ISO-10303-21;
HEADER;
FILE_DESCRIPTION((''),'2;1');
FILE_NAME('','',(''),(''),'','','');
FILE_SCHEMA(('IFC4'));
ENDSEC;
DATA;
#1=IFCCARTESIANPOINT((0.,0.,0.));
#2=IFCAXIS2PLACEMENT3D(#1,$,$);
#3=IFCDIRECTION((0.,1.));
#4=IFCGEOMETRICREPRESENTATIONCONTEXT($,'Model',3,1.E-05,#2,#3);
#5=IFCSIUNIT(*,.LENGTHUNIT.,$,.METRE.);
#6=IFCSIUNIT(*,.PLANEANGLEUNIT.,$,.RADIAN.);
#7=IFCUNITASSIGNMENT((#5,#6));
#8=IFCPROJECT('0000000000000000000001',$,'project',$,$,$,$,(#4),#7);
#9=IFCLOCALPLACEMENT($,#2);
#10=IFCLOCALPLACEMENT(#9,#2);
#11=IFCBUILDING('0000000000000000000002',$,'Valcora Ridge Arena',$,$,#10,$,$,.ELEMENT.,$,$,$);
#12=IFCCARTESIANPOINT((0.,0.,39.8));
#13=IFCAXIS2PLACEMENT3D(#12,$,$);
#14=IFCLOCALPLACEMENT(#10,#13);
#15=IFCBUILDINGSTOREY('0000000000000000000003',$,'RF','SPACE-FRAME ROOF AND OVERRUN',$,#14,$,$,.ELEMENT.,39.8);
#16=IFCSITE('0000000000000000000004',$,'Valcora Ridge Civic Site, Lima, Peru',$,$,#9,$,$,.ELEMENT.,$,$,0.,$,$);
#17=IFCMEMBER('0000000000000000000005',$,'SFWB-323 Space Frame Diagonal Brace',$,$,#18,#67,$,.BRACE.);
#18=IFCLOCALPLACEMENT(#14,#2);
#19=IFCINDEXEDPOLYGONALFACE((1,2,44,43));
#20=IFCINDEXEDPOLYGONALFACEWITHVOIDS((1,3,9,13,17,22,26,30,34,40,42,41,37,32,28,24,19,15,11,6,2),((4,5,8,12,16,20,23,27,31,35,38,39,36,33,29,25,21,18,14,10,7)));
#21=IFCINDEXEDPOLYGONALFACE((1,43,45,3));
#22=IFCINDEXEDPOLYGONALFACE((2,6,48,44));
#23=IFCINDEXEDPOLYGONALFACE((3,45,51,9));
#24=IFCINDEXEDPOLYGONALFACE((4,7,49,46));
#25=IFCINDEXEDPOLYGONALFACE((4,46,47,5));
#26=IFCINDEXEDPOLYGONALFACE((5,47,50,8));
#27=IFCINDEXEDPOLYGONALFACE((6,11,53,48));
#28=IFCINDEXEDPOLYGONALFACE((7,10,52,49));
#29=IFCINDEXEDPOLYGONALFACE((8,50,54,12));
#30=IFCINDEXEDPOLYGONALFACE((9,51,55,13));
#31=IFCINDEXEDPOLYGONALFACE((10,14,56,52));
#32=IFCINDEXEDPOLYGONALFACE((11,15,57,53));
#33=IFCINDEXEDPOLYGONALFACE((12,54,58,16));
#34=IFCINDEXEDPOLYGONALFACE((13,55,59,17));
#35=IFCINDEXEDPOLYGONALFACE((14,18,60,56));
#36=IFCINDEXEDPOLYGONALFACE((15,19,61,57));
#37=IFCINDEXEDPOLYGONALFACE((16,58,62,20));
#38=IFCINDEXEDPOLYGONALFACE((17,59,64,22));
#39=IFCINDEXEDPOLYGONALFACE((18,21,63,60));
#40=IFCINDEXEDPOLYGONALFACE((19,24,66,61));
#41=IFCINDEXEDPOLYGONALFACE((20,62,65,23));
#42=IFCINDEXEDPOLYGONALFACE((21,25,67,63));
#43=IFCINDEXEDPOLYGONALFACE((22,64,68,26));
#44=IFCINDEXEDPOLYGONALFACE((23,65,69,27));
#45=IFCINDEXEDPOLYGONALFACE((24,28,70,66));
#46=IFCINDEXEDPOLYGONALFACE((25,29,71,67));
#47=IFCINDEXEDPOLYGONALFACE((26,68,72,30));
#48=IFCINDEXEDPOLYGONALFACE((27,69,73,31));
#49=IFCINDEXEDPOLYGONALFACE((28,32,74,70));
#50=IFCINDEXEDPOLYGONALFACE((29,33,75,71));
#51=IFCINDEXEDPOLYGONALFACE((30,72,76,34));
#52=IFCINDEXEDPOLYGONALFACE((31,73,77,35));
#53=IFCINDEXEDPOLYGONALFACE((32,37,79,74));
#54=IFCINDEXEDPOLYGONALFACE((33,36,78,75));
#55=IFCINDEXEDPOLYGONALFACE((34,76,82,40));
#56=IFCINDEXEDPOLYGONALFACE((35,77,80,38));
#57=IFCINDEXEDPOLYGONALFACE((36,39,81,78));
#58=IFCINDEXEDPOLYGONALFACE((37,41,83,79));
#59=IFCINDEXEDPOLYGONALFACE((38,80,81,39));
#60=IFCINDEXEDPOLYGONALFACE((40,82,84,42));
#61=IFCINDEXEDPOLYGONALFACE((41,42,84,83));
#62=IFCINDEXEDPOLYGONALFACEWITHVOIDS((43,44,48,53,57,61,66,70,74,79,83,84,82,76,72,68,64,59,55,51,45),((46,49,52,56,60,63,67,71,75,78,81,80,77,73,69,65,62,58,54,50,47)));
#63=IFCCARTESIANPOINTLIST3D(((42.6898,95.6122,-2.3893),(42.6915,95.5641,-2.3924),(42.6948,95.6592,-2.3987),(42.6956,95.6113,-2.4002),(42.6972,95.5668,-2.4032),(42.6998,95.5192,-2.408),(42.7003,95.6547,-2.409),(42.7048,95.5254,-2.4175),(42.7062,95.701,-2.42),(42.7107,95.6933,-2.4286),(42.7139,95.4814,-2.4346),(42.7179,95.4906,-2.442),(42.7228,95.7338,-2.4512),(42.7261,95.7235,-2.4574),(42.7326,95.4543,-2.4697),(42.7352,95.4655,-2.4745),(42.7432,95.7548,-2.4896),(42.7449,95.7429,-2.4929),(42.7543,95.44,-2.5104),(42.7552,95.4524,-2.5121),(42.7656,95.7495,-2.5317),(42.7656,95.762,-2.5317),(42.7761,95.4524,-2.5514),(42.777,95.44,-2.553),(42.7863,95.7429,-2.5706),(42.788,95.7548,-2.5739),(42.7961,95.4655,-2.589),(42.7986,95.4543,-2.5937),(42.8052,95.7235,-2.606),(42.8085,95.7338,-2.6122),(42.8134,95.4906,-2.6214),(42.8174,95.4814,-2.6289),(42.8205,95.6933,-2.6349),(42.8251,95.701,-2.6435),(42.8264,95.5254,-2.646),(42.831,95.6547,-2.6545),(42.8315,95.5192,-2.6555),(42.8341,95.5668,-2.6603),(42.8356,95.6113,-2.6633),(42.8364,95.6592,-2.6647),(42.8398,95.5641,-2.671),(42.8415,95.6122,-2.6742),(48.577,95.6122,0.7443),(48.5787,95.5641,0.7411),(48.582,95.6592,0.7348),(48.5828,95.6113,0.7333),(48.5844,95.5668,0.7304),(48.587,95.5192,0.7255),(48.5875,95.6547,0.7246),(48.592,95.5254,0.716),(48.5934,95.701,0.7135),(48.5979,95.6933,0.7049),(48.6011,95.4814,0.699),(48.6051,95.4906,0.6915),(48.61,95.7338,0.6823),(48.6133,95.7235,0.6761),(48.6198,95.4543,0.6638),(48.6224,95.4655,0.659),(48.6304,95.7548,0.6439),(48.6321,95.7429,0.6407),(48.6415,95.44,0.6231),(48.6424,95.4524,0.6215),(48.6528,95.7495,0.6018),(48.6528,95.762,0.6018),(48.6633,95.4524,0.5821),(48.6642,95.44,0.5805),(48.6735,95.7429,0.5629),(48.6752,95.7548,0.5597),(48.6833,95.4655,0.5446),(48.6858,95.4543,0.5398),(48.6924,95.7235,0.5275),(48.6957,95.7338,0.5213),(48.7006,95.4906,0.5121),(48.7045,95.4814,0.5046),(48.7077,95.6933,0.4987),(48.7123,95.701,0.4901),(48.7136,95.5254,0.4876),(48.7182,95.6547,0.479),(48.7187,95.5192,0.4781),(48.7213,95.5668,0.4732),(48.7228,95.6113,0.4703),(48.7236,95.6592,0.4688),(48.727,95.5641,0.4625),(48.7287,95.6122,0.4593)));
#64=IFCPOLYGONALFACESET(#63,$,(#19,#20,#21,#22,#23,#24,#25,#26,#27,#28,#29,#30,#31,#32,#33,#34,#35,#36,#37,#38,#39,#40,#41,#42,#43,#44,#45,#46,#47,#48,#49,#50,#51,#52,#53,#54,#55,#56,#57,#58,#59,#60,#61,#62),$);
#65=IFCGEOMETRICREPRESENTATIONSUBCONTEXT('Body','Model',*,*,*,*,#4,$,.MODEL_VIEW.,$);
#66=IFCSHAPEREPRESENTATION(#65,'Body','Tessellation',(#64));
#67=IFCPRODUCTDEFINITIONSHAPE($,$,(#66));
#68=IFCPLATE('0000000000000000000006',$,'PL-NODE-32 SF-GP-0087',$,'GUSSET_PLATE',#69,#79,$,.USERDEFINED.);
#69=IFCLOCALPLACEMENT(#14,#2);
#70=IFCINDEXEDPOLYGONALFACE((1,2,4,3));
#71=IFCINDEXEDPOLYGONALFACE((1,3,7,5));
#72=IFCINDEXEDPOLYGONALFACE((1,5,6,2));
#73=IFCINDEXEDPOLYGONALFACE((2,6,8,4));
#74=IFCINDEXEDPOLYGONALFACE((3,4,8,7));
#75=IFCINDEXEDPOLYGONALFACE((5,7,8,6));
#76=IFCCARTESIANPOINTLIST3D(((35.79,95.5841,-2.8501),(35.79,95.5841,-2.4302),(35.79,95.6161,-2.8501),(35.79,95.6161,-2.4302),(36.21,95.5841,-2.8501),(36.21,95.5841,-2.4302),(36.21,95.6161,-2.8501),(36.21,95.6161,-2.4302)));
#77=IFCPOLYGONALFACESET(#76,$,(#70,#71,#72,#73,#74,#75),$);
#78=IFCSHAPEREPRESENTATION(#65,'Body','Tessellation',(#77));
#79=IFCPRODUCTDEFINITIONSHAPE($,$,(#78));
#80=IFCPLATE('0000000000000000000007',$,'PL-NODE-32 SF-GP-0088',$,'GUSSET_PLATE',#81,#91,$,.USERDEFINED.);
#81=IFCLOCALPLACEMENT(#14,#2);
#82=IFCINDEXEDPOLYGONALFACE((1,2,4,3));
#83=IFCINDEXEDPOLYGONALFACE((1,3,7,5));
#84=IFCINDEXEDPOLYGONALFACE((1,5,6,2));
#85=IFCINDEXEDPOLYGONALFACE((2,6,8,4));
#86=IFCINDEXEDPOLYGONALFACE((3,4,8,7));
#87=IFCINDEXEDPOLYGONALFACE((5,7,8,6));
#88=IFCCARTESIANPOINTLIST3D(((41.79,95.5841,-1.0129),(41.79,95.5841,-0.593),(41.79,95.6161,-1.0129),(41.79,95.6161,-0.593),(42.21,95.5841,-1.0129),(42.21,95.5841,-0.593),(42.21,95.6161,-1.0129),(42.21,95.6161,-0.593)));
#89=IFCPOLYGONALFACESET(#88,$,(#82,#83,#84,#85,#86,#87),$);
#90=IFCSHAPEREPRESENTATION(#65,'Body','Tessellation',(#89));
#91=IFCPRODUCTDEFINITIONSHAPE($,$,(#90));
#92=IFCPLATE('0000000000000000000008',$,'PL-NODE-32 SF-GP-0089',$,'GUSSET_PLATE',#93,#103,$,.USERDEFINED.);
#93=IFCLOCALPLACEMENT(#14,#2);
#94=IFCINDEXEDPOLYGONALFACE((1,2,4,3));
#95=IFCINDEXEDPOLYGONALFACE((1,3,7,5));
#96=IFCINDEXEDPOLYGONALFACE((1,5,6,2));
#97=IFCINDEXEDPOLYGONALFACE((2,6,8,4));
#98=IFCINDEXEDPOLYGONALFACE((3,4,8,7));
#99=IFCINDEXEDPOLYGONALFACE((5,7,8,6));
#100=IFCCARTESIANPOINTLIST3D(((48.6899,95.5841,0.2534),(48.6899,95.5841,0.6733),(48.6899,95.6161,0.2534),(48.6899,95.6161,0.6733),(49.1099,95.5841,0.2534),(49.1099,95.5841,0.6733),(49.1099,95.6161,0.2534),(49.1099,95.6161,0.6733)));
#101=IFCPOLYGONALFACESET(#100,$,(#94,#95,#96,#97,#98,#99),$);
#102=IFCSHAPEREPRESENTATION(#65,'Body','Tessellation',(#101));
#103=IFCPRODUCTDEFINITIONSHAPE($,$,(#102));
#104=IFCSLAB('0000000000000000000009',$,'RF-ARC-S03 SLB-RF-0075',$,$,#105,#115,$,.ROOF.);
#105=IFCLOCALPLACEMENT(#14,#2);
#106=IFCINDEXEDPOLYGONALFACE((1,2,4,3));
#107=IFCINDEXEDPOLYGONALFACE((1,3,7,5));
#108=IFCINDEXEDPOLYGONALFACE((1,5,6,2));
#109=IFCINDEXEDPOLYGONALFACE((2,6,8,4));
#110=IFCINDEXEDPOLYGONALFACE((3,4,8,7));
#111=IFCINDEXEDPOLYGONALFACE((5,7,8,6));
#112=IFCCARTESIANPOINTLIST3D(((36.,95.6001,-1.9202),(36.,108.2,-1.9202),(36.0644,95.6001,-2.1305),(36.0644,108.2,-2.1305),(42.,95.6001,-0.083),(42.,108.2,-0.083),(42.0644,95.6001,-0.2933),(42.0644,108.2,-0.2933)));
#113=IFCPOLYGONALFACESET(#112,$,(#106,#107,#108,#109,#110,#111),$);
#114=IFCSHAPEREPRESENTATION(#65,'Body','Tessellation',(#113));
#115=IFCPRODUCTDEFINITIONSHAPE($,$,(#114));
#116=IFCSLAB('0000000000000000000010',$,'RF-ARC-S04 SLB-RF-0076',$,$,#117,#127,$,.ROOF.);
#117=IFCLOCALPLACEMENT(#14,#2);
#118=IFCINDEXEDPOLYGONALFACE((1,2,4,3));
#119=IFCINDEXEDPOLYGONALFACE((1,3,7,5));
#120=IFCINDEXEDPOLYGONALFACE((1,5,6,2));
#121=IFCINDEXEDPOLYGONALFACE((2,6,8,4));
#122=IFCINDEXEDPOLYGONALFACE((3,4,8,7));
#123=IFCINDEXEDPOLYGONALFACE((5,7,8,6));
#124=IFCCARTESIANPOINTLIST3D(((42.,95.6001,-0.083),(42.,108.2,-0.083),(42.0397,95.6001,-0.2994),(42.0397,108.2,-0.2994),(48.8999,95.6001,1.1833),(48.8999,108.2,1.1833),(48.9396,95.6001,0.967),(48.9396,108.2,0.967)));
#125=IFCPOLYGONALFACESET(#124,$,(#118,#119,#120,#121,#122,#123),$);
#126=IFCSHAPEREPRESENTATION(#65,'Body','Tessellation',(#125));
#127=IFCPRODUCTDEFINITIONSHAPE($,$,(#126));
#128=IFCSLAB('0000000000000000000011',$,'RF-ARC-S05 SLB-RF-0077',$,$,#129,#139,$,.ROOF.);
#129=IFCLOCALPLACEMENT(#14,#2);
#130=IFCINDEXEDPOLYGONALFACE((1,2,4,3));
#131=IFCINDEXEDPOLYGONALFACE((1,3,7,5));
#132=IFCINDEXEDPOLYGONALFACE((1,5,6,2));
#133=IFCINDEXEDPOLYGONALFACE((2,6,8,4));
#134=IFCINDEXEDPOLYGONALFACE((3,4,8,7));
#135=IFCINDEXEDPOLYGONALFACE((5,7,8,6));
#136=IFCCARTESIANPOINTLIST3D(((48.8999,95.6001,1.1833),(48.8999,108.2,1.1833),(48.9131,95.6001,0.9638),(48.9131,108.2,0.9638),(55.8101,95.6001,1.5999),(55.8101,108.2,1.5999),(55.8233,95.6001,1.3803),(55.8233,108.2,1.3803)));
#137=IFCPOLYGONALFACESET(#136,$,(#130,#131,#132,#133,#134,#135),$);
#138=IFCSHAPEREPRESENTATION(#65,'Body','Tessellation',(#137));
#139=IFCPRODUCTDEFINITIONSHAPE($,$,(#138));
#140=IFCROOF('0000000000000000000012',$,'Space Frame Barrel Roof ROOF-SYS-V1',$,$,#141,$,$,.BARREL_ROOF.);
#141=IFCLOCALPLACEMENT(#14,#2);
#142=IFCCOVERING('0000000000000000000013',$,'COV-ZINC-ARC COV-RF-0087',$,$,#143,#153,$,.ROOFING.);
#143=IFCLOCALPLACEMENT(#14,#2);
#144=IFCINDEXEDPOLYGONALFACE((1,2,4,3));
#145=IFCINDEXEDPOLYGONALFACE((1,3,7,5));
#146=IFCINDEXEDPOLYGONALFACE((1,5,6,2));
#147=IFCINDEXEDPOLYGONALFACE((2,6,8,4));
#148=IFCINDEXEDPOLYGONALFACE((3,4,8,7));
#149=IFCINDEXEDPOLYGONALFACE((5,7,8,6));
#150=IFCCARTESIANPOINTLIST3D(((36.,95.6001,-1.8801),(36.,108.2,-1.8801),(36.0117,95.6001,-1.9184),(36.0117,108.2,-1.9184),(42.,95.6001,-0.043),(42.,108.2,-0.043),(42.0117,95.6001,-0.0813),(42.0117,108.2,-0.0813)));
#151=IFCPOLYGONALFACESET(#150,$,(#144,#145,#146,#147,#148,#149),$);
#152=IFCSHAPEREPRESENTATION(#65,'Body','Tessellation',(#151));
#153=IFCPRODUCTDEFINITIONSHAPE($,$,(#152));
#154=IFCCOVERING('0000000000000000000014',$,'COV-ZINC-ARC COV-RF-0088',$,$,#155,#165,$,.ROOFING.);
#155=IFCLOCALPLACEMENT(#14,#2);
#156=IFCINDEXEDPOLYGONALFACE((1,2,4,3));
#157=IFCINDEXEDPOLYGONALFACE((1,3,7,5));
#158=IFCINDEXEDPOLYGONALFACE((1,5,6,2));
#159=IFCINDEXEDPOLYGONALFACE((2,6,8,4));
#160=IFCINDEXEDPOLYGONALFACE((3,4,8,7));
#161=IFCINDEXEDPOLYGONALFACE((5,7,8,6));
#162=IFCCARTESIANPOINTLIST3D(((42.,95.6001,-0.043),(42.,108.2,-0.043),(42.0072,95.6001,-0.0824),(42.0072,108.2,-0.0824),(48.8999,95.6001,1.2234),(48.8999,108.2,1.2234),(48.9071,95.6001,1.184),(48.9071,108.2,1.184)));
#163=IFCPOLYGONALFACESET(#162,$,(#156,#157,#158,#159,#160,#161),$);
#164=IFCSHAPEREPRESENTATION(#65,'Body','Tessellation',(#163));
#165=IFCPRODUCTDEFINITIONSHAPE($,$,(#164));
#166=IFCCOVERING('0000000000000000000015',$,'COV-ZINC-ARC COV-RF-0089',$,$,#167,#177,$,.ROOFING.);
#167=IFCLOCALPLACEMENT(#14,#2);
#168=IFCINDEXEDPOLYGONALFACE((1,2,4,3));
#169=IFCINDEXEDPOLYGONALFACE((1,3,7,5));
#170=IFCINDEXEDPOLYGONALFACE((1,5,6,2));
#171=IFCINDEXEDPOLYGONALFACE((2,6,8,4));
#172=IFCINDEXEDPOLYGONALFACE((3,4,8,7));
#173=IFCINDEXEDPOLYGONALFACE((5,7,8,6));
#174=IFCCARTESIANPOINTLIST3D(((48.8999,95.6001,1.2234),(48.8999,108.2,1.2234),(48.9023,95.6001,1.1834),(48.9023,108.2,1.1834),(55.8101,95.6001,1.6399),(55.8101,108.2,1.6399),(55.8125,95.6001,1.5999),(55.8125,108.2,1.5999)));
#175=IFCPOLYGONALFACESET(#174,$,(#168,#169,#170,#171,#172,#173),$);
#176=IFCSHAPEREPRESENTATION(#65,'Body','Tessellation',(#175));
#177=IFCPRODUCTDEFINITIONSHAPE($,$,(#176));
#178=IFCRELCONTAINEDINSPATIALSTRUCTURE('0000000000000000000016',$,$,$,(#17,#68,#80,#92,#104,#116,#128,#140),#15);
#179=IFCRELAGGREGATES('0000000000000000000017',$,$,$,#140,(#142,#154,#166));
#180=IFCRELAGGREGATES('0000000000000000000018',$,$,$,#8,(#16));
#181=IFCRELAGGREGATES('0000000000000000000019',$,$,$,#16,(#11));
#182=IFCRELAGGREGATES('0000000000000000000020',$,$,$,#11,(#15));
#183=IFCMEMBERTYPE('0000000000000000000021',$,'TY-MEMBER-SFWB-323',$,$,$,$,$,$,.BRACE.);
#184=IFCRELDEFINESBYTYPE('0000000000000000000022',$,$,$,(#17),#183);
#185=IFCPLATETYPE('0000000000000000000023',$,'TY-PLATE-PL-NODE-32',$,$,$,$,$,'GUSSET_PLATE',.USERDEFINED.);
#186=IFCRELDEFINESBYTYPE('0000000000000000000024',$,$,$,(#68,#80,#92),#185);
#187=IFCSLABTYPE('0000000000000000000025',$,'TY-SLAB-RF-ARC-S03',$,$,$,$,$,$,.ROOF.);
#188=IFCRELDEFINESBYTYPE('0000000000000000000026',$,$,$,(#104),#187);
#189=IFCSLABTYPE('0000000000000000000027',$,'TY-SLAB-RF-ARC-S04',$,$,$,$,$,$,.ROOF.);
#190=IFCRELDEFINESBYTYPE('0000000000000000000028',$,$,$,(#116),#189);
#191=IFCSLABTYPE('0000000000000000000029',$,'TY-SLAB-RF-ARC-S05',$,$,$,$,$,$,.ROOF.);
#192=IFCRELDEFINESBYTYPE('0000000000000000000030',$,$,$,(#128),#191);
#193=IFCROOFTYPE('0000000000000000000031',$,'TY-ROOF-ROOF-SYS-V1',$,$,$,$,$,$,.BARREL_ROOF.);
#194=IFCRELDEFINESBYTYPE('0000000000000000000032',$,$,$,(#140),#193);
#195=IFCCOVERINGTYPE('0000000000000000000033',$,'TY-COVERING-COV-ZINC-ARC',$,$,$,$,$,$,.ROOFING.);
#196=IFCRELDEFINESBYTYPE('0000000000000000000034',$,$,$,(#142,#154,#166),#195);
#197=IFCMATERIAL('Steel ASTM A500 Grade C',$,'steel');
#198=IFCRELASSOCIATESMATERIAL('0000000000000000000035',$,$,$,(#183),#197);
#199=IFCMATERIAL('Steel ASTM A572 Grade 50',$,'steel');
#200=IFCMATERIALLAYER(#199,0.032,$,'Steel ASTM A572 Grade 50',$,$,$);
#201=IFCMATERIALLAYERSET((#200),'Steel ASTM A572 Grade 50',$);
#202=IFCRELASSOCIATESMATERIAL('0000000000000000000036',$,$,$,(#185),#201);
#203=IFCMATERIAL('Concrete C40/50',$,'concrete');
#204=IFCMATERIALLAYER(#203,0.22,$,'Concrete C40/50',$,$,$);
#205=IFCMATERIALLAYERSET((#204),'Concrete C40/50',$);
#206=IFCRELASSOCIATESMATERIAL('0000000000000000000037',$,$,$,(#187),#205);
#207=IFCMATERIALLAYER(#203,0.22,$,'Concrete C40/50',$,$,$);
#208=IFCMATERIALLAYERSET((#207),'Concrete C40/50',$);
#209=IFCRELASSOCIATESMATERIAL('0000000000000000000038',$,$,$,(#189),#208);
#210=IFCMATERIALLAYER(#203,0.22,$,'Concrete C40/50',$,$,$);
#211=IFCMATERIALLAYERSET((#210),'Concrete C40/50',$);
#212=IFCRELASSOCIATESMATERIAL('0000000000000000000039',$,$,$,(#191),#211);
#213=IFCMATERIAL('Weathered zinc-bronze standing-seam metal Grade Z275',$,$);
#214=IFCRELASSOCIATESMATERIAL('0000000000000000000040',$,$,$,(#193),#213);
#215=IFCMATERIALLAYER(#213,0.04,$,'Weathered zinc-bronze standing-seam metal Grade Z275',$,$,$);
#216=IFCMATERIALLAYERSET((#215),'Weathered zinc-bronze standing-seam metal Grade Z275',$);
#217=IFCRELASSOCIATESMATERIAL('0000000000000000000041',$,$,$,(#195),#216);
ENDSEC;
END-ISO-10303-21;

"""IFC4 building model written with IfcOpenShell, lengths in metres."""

from ifc_helpers import new_model, si_unit, direction, frame, origin, origin_2d, place, context, subcontext, project, spatial, polyline, rectangle, hollow_circle, outline, extrude, material, layer, layer_set, material_profile, profile_set, type_object, element, aggregate, save


model = new_model("IFC4")

# Units and contexts
model_context = context("Model", 3, precision=1e-05, world=origin(), true_north=direction((0.0, 1.0)))
body_context = subcontext(model_context, "Body", "Model", "MODEL_VIEW")
ifc_project = project(units=[si_unit("LENGTHUNIT", "METRE"), si_unit("PLANEANGLEUNIT", "RADIAN")], contexts=[model_context])

# Site, building, storey
site_placement = place(None, origin())
site = spatial("IfcSite", under=ifc_project, at=site_placement, Name="Valcora Ridge Civic Site, Lima, Peru", CompositionType="ELEMENT", RefElevation=0.0)
building_placement = place(site_placement, origin())
building = spatial("IfcBuilding", under=site, at=building_placement, Name="Valcora Ridge Arena", CompositionType="ELEMENT")
storey_placement = place(building_placement, frame((0.0, 0.0, 39.8)))
storey = spatial("IfcBuildingStorey", under=building, at=storey_placement, Name="RF", Description="SPACE-FRAME ROOF AND OVERRUN", CompositionType="ELEMENT", Elevation=39.8)

# Member
ifc_material_1 = material(Name="Steel ASTM A572 Grade 50", Category="steel")
ifc_material_2 = material(Name="Steel ASTM A500 Grade C", Category="steel")
ifc_material_profile_1 = material_profile(ifc_material_2, hollow_circle(Radius=0.1619, WallThickness=0.0125, at=origin_2d()), Name="CHS323X12")
ifc_profile_set_1 = profile_set([ifc_material_profile_1], Name="Steel ASTM A500 Grade C")
member_type_1 = type_object("IfcMemberType", Name="TY-MEMBER-SFWB-323", PredefinedType="BRACE", material=ifc_profile_set_1)
member_1_placement = place(storey_placement, frame((42.7656, 95.6001, -2.5317), z_axis=(0.882745, 0.0, 0.469853), x_axis=(0.0, 1.0, 0.0)))
element("IfcMember", 1, at=member_1_placement, inside=storey, type_object=member_type_1, Name="SFWB-323 Space Frame Diagonal Brace", PredefinedType="BRACE", context=body_context, shape_type="SweptSolid", body=[
    extrude(hollow_circle(Radius=0.1619, WallThickness=0.0125, at=origin_2d()), origin(), (0.0, 0.0, 1.0), 6.6692),
])

# Plates
ifc_layer_1 = layer(ifc_material_1, 0.032, Name="Steel ASTM A572 Grade 50")
ifc_layer_set_1 = layer_set([ifc_layer_1], Name="Steel ASTM A572 Grade 50")
plate_type = type_object("IfcPlateType", Name="TY-PLATE-PL-NODE-32", ElementType="GUSSET_PLATE", PredefinedType="USERDEFINED", material=ifc_layer_set_1)
for number, where, z_axis, x_axis, name in (
    (2, (36.0, 95.6001, -2.8501), (0.0, 0.0, 1.0), (1.0, 0.0, 0.0), "PL-NODE-32 SF-GP-0087"),
    (3, (42.0, 95.6001, -1.0129), (0.0, 0.0, 1.0), (1.0, 0.0, 0.0), "PL-NODE-32 SF-GP-0088"),
    (4, (48.8999, 95.6001, 0.2534), (0.0, 0.0, 1.0), (1.0, 0.0, 0.0), "PL-NODE-32 SF-GP-0089"),
):
    element("IfcPlate", number, at=place(storey_placement, frame(where, z_axis=z_axis, x_axis=x_axis)), inside=storey, type_object=plate_type, Name=name, ObjectType="GUSSET_PLATE", PredefinedType="USERDEFINED", context=body_context, shape_type="SweptSolid", body=[
        extrude(rectangle(XDim=0.4199, YDim=0.032, at=origin_2d()), origin(), (0.0, 0.0, 1.0), 0.4199),
    ])

# Slabs
ifc_material_3 = material(Name="Concrete C40/50", Category="concrete")
ifc_layer_2 = layer(ifc_material_3, 0.22, Name="Concrete C40/50")
ifc_layer_set_2 = layer_set([ifc_layer_2], Name="Concrete C40/50")
slab_type_1 = type_object("IfcSlabType", Name="TY-SLAB-RF-ARC-S03", PredefinedType="ROOF", material=ifc_layer_set_2)
slab_1_placement = place(storey_placement, frame((36.0, 95.6001, -1.9202), z_axis=(-0.292776, 0.0, 0.956181), x_axis=(0.956181, 0.0, 0.292776)))
element("IfcSlab", 5, at=slab_1_placement, inside=storey, type_object=slab_type_1, Name="RF-ARC-S03 SLB-RF-0075", PredefinedType="ROOF", context=body_context, shape_type="SweptSolid", body=[
    extrude(outline(polyline([(0.0, 0.0), (6.275, 0.0), (6.275, 12.5999), (0.0, 12.5999), (0.0, 0.0)])), origin(), (0.0, 0.0, -1.0), 0.22),
])
ifc_layer_3 = layer(ifc_material_3, 0.22, Name="Concrete C40/50")
ifc_layer_set_3 = layer_set([ifc_layer_3], Name="Concrete C40/50")
slab_type_2 = type_object("IfcSlabType", Name="TY-SLAB-RF-ARC-S04", PredefinedType="ROOF", material=ifc_layer_set_3)
slab_2_placement = place(storey_placement, frame((42.0, 95.6001, -0.083), z_axis=(-0.180518, 0.0, 0.983572), x_axis=(0.983572, 0.0, 0.180518)))
element("IfcSlab", 6, at=slab_2_placement, inside=storey, type_object=slab_type_2, Name="RF-ARC-S04 SLB-RF-0076", PredefinedType="ROOF", context=body_context, shape_type="SweptSolid", body=[
    extrude(outline(polyline([(0.0, 0.0), (7.0151, 0.0), (7.0151, 12.5999), (0.0, 12.5999), (0.0, 0.0)])), origin(), (0.0, 0.0, -1.0), 0.22),
])
ifc_layer_4 = layer(ifc_material_3, 0.22, Name="Concrete C40/50")
ifc_layer_set_4 = layer_set([ifc_layer_4], Name="Concrete C40/50")
slab_type_3 = type_object("IfcSlabType", Name="TY-SLAB-RF-ARC-S05", PredefinedType="ROOF", material=ifc_layer_set_4)
slab_3_placement = place(storey_placement, frame((48.8999, 95.6001, 1.1833), z_axis=(-0.060165, 0.0, 0.998188), x_axis=(0.998188, 0.0, 0.060165)))
element("IfcSlab", 7, at=slab_3_placement, inside=storey, type_object=slab_type_3, Name="RF-ARC-S05 SLB-RF-0077", PredefinedType="ROOF", context=body_context, shape_type="SweptSolid", body=[
    extrude(outline(polyline([(0.0, 0.0), (6.9227, 0.0), (6.9227, 12.5999), (0.0, 12.5999), (0.0, 0.0)])), origin(), (0.0, 0.0, -1.0), 0.22),
])

# Roof, coverings
ifc_material_4 = material(Name="Weathered zinc-bronze standing-seam metal Grade Z275")
roof_type = type_object("IfcRoofType", Name="TY-ROOF-ROOF-SYS-V1", PredefinedType="BARREL_ROOF", material=ifc_material_4)
roof_placement = place(storey_placement, origin())
roof = element("IfcRoof", 8, at=roof_placement, inside=storey, type_object=roof_type, Name="Space Frame Barrel Roof ROOF-SYS-V1", PredefinedType="BARREL_ROOF")
ifc_layer_5 = layer(ifc_material_4, 0.04, Name="Weathered zinc-bronze standing-seam metal Grade Z275")
ifc_layer_set_5 = layer_set([ifc_layer_5], Name="Weathered zinc-bronze standing-seam metal Grade Z275")
covering_type = type_object("IfcCoveringType", Name="TY-COVERING-COV-ZINC-ARC", PredefinedType="ROOFING", material=ifc_layer_set_5)
covering_1_placement = place(storey_placement, frame((36.0, 95.6001, -1.8801), z_axis=(-0.292776, 0.0, 0.956181), x_axis=(0.956181, 0.0, 0.292776)))
covering_1 = element("IfcCovering", 9, at=covering_1_placement, type_object=covering_type, Name="COV-ZINC-ARC COV-RF-0087", PredefinedType="ROOFING", context=body_context, shape_type="SweptSolid", body=[
    extrude(outline(polyline([(0.0, 0.0), (6.275, 0.0), (6.275, 12.5999), (0.0, 12.5999), (0.0, 0.0)])), origin(), (0.0, 0.0, -1.0), 0.04),
])
covering_2_placement = place(storey_placement, frame((42.0, 95.6001, -0.043), z_axis=(-0.180518, 0.0, 0.983572), x_axis=(0.983572, 0.0, 0.180518)))
covering_2 = element("IfcCovering", 10, at=covering_2_placement, type_object=covering_type, Name="COV-ZINC-ARC COV-RF-0088", PredefinedType="ROOFING", context=body_context, shape_type="SweptSolid", body=[
    extrude(outline(polyline([(0.0, 0.0), (7.0151, 0.0), (7.0151, 12.5999), (0.0, 12.5999), (0.0, 0.0)])), origin(), (0.0, 0.0, -1.0), 0.04),
])
covering_3_placement = place(storey_placement, frame((48.8999, 95.6001, 1.2234), z_axis=(-0.060165, 0.0, 0.998188), x_axis=(0.998188, 0.0, 0.060165)))
covering_3 = element("IfcCovering", 11, at=covering_3_placement, type_object=covering_type, Name="COV-ZINC-ARC COV-RF-0089", PredefinedType="ROOFING", context=body_context, shape_type="SweptSolid", body=[
    extrude(outline(polyline([(0.0, 0.0), (6.9227, 0.0), (6.9227, 12.5999), (0.0, 12.5999), (0.0, 0.0)])), origin(), (0.0, 0.0, -1.0), 0.04),
])
aggregate(roof, [covering_1, covering_2, covering_3])

save(model, "model.ifc")
